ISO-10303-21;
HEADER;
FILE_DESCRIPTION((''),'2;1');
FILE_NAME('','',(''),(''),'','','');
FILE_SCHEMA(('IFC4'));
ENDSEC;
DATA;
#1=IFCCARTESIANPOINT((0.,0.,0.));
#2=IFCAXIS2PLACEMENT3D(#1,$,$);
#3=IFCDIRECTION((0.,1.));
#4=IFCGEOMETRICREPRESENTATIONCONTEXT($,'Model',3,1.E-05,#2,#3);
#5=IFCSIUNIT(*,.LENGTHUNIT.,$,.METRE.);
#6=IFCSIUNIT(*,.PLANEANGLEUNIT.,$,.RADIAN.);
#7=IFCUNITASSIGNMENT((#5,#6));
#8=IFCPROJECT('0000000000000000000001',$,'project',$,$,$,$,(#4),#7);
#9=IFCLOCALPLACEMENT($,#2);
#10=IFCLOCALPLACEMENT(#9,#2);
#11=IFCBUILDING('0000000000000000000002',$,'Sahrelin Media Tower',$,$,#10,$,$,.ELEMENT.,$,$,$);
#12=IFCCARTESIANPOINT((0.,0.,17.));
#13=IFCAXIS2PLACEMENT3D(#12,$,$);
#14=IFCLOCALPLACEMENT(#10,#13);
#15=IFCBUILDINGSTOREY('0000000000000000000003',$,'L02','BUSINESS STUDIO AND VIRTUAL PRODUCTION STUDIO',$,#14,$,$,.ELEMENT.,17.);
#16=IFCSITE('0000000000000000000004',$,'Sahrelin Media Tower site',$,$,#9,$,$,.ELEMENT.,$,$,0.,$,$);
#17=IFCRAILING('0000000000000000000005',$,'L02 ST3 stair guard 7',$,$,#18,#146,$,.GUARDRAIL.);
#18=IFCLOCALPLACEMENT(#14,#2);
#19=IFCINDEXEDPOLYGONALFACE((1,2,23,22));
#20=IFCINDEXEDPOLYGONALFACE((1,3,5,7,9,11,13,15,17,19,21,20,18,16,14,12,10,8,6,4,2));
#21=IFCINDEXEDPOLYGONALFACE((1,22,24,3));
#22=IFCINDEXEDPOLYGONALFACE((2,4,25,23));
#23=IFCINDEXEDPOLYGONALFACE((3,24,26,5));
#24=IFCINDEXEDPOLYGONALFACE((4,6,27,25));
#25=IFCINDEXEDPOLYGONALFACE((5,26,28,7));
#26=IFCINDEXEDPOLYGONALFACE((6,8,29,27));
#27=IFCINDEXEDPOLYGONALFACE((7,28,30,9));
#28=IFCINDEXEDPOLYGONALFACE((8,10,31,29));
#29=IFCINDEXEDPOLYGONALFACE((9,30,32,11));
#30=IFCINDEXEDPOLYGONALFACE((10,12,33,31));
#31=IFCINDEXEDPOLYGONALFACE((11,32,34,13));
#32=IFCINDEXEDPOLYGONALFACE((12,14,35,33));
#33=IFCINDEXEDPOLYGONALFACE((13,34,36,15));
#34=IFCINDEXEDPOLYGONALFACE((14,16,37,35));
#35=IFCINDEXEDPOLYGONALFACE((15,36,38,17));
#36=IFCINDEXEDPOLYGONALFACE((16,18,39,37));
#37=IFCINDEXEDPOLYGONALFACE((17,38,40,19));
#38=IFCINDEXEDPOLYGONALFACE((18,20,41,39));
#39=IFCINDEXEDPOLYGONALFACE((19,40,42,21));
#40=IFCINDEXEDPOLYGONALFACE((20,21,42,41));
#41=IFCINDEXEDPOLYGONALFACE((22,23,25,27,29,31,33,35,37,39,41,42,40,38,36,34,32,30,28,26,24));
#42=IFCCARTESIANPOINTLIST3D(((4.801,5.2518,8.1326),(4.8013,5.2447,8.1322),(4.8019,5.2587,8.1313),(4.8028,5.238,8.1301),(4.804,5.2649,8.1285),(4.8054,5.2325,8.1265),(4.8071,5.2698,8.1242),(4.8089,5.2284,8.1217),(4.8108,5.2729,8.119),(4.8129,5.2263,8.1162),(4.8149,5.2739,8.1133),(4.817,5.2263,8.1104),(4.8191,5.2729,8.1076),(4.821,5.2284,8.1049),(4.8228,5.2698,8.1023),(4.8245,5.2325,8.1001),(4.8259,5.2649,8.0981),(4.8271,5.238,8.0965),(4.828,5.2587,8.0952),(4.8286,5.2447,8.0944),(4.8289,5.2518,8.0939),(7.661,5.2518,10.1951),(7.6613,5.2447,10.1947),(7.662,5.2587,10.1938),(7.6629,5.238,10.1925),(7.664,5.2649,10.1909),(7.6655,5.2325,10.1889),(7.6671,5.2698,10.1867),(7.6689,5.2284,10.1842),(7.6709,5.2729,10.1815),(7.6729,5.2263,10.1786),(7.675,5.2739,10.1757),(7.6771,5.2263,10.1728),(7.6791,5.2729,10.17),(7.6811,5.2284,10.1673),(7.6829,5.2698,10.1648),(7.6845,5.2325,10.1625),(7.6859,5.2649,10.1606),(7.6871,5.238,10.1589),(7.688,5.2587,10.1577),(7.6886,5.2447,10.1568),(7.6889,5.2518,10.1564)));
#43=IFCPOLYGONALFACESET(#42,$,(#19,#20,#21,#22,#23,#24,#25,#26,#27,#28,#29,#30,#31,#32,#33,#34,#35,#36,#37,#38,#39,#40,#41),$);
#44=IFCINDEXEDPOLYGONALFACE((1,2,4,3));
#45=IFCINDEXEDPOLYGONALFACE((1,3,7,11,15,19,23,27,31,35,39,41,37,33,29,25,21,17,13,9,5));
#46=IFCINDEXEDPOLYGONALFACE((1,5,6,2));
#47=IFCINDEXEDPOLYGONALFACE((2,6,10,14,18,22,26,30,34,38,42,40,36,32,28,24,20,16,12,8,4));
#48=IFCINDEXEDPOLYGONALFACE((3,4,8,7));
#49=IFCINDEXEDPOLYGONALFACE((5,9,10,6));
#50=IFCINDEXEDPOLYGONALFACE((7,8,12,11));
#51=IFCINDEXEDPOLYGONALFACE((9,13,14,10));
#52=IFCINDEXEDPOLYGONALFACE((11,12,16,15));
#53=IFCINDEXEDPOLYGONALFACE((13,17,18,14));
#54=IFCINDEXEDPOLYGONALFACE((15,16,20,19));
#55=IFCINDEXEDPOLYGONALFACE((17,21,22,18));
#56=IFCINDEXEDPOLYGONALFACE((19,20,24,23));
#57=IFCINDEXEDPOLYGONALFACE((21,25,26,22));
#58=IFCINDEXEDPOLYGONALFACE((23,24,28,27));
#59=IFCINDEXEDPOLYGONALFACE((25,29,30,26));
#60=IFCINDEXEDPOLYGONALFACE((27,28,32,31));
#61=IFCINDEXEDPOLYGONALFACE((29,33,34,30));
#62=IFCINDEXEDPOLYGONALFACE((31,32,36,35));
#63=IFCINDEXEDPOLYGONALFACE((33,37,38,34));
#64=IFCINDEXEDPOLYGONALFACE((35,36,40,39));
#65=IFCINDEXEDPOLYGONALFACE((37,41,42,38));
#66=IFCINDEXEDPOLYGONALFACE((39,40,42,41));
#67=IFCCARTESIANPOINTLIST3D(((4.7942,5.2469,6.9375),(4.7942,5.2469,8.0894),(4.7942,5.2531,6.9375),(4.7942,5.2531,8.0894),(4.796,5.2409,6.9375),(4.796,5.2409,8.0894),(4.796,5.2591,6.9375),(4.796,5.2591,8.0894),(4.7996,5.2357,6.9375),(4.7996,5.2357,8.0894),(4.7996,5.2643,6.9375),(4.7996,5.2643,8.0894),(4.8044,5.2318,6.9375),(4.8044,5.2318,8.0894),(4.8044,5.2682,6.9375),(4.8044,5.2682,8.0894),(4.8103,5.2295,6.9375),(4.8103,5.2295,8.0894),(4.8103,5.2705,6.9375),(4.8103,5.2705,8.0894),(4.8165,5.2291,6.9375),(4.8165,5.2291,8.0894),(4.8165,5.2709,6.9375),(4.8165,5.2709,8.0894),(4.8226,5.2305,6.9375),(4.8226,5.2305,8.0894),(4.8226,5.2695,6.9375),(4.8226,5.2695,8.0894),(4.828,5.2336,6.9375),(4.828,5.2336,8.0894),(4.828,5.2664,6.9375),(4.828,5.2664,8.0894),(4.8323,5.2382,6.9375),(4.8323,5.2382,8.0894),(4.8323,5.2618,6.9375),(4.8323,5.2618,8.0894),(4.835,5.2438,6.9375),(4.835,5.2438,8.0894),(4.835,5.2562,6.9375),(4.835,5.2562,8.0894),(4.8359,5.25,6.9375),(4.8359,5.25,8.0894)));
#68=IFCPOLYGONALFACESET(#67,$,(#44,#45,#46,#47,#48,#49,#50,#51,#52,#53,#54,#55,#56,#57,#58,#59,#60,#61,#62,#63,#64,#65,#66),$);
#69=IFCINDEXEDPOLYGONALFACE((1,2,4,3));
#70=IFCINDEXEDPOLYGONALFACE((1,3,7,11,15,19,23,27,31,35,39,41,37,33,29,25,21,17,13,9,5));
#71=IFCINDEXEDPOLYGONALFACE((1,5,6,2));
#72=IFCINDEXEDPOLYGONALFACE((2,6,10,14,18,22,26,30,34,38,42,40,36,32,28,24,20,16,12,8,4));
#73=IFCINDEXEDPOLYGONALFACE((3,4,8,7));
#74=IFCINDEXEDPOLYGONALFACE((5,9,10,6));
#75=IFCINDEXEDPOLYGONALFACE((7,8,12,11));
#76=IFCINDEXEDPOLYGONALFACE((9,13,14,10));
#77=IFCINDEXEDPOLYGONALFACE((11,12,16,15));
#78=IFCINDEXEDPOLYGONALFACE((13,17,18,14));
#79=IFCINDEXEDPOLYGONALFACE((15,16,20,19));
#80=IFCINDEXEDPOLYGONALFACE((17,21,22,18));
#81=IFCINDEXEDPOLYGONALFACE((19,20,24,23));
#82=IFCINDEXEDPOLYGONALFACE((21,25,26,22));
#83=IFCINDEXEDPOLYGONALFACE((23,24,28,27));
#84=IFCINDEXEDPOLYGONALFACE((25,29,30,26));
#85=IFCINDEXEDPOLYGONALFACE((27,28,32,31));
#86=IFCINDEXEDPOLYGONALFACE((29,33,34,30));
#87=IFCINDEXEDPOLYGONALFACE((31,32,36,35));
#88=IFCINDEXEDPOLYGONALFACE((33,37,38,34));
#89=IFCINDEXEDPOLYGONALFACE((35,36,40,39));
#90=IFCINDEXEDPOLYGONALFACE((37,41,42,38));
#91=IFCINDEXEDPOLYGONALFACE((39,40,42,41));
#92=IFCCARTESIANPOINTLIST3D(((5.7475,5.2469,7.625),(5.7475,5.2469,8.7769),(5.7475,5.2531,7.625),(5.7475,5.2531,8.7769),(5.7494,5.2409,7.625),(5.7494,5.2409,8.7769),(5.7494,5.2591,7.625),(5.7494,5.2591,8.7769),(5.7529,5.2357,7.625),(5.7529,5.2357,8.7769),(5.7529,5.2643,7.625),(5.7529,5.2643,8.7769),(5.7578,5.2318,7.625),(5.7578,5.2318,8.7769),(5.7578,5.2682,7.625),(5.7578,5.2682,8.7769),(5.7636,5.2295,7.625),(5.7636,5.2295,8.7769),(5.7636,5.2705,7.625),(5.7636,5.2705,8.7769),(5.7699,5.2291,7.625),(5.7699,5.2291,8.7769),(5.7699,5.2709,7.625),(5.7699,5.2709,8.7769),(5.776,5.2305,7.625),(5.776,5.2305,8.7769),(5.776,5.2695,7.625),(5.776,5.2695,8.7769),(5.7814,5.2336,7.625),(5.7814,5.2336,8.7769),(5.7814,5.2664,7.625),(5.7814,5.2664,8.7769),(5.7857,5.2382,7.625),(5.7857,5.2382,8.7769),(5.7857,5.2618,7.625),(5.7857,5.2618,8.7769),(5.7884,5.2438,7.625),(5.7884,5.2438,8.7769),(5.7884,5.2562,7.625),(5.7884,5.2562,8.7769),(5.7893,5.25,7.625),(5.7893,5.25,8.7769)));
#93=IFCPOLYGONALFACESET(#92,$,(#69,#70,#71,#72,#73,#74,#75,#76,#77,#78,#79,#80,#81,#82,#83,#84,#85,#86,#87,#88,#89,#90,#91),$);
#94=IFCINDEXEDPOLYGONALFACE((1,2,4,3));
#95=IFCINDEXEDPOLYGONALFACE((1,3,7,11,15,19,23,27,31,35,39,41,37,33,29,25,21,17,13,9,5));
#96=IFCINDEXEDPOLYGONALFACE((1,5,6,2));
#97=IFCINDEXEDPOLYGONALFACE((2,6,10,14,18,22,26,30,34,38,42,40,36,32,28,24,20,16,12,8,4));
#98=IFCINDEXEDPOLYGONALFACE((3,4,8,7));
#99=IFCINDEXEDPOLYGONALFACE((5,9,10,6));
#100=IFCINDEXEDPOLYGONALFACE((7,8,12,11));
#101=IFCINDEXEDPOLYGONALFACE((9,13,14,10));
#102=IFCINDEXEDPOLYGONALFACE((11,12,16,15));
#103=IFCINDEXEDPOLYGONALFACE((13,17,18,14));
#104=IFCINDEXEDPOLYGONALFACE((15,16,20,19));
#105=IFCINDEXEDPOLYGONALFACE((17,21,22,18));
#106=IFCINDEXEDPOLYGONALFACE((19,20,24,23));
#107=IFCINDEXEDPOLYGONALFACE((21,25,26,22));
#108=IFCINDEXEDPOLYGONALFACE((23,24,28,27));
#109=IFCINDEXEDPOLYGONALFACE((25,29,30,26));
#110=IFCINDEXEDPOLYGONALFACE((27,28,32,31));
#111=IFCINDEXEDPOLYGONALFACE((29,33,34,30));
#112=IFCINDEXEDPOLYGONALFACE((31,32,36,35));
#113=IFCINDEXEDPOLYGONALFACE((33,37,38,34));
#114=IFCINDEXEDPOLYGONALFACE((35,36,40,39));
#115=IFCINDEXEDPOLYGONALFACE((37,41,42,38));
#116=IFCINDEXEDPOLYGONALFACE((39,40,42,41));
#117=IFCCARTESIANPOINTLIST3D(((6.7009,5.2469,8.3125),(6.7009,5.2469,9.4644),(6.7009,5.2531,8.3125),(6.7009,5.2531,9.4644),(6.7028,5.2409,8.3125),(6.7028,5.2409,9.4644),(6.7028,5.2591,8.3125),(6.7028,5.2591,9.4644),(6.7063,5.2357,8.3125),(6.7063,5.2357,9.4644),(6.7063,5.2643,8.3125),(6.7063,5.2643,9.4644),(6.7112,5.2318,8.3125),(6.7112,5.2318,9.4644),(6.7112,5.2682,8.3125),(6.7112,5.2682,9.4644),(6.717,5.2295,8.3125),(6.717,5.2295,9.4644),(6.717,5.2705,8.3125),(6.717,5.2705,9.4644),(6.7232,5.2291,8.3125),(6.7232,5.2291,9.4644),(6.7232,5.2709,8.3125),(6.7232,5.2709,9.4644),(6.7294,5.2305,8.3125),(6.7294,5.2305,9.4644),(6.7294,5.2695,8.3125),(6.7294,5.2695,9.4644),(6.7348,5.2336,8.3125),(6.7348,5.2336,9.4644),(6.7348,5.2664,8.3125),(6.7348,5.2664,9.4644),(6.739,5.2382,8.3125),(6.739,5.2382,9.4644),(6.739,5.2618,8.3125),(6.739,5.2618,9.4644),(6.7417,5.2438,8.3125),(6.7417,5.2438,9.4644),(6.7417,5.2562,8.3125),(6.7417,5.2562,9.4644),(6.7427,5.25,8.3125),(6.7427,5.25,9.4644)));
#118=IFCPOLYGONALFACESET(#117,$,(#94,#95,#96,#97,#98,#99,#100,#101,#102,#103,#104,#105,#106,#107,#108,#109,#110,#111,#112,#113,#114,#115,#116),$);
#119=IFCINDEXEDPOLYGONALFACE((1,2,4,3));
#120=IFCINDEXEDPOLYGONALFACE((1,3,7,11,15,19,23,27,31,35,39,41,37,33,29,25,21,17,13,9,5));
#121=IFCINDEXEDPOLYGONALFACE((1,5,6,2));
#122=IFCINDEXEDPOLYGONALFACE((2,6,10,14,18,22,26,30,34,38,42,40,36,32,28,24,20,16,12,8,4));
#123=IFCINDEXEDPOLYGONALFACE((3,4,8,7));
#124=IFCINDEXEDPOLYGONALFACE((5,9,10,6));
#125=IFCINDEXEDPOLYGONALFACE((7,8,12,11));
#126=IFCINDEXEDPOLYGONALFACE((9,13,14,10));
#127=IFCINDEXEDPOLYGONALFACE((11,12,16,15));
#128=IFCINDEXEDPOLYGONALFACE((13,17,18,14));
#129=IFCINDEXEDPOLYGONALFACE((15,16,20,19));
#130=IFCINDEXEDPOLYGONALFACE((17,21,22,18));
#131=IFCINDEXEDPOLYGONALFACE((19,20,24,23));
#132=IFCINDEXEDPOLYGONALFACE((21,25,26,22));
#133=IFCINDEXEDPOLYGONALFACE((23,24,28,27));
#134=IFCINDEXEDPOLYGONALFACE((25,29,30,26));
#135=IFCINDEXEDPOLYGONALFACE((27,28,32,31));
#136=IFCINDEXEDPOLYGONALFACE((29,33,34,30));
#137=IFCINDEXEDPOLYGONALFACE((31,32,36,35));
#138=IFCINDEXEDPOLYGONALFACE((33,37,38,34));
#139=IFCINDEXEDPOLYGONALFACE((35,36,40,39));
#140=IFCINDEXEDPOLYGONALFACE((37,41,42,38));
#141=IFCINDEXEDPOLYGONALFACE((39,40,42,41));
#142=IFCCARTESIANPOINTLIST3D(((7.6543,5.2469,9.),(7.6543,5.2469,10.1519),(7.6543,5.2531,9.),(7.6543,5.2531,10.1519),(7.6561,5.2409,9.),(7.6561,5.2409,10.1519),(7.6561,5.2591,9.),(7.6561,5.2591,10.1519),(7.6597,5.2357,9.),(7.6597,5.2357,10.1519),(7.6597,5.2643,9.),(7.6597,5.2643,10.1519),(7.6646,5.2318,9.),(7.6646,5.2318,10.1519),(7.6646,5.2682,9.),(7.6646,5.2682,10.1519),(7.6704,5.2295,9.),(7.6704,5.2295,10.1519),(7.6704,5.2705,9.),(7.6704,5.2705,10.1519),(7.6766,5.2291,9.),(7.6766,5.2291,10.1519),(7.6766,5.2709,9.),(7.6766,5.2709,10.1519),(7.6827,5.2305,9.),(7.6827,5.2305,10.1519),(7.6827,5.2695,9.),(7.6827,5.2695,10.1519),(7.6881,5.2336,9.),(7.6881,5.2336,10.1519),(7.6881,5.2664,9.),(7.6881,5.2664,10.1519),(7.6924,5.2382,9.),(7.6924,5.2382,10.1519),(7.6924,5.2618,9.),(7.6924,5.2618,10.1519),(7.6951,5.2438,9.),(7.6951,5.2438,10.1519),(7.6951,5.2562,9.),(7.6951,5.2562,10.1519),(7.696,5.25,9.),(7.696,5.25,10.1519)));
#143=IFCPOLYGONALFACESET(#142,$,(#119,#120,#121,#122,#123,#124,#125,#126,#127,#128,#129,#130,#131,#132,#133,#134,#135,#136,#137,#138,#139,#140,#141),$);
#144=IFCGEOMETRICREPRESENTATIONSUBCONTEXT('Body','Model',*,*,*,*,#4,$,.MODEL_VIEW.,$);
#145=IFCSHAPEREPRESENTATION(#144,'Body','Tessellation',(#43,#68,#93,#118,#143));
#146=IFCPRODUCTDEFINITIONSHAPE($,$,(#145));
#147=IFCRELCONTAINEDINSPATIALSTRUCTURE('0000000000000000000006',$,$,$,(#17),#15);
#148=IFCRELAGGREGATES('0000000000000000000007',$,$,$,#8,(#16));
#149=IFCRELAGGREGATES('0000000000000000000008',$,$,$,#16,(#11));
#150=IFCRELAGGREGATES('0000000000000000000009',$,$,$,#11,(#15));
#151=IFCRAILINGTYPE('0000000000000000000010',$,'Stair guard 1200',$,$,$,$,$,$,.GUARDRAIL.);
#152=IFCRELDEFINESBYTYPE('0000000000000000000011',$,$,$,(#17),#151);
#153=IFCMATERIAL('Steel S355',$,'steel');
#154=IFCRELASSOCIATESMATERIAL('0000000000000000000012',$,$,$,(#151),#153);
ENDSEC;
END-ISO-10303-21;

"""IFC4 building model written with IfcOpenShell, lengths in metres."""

from ifc_helpers import new_model, si_unit, direction, frame, origin, origin_2d, place, context, subcontext, project, spatial, circle, extrude, material, type_object, element, save


model = new_model("IFC4")

# Units and contexts
model_context = context("Model", 3, precision=1e-05, world=origin(), true_north=direction((0.0, 1.0)))
body_context = subcontext(model_context, "Body", "Model", "MODEL_VIEW")
ifc_project = project(units=[si_unit("LENGTHUNIT", "METRE"), si_unit("PLANEANGLEUNIT", "RADIAN")], contexts=[model_context])

# Site, building, storey
site_placement = place(None, origin())
site = spatial("IfcSite", under=ifc_project, at=site_placement, Name="Sahrelin Media Tower site", CompositionType="ELEMENT", RefElevation=0.0)
building_placement = place(site_placement, origin())
building = spatial("IfcBuilding", under=site, at=building_placement, Name="Sahrelin Media Tower", CompositionType="ELEMENT")
storey_placement = place(building_placement, frame((0.0, 0.0, 17.0)))
storey = spatial("IfcBuildingStorey", under=building, at=storey_placement, Name="L02", Description="BUSINESS STUDIO AND VIRTUAL PRODUCTION STUDIO", CompositionType="ELEMENT", Elevation=17.0)

# Shared definitions
ifc_material_1 = material(Name="Steel S355", Category="steel")

# Railing
railing_type_1 = type_object("IfcRailingType", Name="Stair guard 1200", PredefinedType="GUARDRAIL", material=ifc_material_1)
railing_1_placement = place(storey_placement, frame((4.8149, 5.25, 6.9375)))
element("IfcRailing", 1, at=railing_1_placement, inside=storey, type_object=railing_type_1, Name="L02 ST3 stair guard 7", PredefinedType="GUARDRAIL", context=body_context, shape_type="SweptSolid", body=[
    extrude(circle(Radius=0.0239, at=origin_2d()), frame((0.0, 0.0, 1.1758), z_axis=(0.811101, 0.0, 0.584906), x_axis=(0.0, 1.0, 0.0)), (0.0, 0.0, 1.0), 3.5261),
    extrude(circle(Radius=0.021, at=origin_2d()), origin(), (0.0, 0.0, 1.0), 1.1519),
    extrude(circle(Radius=0.021, at=origin_2d()), frame((0.9534, 0.0, 0.6875)), (0.0, 0.0, 1.0), 1.1519),
    extrude(circle(Radius=0.021, at=origin_2d()), frame((1.9067, 0.0, 1.375)), (0.0, 0.0, 1.0), 1.1519),
    extrude(circle(Radius=0.021, at=origin_2d()), frame((2.8601, 0.0, 2.0625)), (0.0, 0.0, 1.0), 1.1519),
])

save(model, "model.ifc")
